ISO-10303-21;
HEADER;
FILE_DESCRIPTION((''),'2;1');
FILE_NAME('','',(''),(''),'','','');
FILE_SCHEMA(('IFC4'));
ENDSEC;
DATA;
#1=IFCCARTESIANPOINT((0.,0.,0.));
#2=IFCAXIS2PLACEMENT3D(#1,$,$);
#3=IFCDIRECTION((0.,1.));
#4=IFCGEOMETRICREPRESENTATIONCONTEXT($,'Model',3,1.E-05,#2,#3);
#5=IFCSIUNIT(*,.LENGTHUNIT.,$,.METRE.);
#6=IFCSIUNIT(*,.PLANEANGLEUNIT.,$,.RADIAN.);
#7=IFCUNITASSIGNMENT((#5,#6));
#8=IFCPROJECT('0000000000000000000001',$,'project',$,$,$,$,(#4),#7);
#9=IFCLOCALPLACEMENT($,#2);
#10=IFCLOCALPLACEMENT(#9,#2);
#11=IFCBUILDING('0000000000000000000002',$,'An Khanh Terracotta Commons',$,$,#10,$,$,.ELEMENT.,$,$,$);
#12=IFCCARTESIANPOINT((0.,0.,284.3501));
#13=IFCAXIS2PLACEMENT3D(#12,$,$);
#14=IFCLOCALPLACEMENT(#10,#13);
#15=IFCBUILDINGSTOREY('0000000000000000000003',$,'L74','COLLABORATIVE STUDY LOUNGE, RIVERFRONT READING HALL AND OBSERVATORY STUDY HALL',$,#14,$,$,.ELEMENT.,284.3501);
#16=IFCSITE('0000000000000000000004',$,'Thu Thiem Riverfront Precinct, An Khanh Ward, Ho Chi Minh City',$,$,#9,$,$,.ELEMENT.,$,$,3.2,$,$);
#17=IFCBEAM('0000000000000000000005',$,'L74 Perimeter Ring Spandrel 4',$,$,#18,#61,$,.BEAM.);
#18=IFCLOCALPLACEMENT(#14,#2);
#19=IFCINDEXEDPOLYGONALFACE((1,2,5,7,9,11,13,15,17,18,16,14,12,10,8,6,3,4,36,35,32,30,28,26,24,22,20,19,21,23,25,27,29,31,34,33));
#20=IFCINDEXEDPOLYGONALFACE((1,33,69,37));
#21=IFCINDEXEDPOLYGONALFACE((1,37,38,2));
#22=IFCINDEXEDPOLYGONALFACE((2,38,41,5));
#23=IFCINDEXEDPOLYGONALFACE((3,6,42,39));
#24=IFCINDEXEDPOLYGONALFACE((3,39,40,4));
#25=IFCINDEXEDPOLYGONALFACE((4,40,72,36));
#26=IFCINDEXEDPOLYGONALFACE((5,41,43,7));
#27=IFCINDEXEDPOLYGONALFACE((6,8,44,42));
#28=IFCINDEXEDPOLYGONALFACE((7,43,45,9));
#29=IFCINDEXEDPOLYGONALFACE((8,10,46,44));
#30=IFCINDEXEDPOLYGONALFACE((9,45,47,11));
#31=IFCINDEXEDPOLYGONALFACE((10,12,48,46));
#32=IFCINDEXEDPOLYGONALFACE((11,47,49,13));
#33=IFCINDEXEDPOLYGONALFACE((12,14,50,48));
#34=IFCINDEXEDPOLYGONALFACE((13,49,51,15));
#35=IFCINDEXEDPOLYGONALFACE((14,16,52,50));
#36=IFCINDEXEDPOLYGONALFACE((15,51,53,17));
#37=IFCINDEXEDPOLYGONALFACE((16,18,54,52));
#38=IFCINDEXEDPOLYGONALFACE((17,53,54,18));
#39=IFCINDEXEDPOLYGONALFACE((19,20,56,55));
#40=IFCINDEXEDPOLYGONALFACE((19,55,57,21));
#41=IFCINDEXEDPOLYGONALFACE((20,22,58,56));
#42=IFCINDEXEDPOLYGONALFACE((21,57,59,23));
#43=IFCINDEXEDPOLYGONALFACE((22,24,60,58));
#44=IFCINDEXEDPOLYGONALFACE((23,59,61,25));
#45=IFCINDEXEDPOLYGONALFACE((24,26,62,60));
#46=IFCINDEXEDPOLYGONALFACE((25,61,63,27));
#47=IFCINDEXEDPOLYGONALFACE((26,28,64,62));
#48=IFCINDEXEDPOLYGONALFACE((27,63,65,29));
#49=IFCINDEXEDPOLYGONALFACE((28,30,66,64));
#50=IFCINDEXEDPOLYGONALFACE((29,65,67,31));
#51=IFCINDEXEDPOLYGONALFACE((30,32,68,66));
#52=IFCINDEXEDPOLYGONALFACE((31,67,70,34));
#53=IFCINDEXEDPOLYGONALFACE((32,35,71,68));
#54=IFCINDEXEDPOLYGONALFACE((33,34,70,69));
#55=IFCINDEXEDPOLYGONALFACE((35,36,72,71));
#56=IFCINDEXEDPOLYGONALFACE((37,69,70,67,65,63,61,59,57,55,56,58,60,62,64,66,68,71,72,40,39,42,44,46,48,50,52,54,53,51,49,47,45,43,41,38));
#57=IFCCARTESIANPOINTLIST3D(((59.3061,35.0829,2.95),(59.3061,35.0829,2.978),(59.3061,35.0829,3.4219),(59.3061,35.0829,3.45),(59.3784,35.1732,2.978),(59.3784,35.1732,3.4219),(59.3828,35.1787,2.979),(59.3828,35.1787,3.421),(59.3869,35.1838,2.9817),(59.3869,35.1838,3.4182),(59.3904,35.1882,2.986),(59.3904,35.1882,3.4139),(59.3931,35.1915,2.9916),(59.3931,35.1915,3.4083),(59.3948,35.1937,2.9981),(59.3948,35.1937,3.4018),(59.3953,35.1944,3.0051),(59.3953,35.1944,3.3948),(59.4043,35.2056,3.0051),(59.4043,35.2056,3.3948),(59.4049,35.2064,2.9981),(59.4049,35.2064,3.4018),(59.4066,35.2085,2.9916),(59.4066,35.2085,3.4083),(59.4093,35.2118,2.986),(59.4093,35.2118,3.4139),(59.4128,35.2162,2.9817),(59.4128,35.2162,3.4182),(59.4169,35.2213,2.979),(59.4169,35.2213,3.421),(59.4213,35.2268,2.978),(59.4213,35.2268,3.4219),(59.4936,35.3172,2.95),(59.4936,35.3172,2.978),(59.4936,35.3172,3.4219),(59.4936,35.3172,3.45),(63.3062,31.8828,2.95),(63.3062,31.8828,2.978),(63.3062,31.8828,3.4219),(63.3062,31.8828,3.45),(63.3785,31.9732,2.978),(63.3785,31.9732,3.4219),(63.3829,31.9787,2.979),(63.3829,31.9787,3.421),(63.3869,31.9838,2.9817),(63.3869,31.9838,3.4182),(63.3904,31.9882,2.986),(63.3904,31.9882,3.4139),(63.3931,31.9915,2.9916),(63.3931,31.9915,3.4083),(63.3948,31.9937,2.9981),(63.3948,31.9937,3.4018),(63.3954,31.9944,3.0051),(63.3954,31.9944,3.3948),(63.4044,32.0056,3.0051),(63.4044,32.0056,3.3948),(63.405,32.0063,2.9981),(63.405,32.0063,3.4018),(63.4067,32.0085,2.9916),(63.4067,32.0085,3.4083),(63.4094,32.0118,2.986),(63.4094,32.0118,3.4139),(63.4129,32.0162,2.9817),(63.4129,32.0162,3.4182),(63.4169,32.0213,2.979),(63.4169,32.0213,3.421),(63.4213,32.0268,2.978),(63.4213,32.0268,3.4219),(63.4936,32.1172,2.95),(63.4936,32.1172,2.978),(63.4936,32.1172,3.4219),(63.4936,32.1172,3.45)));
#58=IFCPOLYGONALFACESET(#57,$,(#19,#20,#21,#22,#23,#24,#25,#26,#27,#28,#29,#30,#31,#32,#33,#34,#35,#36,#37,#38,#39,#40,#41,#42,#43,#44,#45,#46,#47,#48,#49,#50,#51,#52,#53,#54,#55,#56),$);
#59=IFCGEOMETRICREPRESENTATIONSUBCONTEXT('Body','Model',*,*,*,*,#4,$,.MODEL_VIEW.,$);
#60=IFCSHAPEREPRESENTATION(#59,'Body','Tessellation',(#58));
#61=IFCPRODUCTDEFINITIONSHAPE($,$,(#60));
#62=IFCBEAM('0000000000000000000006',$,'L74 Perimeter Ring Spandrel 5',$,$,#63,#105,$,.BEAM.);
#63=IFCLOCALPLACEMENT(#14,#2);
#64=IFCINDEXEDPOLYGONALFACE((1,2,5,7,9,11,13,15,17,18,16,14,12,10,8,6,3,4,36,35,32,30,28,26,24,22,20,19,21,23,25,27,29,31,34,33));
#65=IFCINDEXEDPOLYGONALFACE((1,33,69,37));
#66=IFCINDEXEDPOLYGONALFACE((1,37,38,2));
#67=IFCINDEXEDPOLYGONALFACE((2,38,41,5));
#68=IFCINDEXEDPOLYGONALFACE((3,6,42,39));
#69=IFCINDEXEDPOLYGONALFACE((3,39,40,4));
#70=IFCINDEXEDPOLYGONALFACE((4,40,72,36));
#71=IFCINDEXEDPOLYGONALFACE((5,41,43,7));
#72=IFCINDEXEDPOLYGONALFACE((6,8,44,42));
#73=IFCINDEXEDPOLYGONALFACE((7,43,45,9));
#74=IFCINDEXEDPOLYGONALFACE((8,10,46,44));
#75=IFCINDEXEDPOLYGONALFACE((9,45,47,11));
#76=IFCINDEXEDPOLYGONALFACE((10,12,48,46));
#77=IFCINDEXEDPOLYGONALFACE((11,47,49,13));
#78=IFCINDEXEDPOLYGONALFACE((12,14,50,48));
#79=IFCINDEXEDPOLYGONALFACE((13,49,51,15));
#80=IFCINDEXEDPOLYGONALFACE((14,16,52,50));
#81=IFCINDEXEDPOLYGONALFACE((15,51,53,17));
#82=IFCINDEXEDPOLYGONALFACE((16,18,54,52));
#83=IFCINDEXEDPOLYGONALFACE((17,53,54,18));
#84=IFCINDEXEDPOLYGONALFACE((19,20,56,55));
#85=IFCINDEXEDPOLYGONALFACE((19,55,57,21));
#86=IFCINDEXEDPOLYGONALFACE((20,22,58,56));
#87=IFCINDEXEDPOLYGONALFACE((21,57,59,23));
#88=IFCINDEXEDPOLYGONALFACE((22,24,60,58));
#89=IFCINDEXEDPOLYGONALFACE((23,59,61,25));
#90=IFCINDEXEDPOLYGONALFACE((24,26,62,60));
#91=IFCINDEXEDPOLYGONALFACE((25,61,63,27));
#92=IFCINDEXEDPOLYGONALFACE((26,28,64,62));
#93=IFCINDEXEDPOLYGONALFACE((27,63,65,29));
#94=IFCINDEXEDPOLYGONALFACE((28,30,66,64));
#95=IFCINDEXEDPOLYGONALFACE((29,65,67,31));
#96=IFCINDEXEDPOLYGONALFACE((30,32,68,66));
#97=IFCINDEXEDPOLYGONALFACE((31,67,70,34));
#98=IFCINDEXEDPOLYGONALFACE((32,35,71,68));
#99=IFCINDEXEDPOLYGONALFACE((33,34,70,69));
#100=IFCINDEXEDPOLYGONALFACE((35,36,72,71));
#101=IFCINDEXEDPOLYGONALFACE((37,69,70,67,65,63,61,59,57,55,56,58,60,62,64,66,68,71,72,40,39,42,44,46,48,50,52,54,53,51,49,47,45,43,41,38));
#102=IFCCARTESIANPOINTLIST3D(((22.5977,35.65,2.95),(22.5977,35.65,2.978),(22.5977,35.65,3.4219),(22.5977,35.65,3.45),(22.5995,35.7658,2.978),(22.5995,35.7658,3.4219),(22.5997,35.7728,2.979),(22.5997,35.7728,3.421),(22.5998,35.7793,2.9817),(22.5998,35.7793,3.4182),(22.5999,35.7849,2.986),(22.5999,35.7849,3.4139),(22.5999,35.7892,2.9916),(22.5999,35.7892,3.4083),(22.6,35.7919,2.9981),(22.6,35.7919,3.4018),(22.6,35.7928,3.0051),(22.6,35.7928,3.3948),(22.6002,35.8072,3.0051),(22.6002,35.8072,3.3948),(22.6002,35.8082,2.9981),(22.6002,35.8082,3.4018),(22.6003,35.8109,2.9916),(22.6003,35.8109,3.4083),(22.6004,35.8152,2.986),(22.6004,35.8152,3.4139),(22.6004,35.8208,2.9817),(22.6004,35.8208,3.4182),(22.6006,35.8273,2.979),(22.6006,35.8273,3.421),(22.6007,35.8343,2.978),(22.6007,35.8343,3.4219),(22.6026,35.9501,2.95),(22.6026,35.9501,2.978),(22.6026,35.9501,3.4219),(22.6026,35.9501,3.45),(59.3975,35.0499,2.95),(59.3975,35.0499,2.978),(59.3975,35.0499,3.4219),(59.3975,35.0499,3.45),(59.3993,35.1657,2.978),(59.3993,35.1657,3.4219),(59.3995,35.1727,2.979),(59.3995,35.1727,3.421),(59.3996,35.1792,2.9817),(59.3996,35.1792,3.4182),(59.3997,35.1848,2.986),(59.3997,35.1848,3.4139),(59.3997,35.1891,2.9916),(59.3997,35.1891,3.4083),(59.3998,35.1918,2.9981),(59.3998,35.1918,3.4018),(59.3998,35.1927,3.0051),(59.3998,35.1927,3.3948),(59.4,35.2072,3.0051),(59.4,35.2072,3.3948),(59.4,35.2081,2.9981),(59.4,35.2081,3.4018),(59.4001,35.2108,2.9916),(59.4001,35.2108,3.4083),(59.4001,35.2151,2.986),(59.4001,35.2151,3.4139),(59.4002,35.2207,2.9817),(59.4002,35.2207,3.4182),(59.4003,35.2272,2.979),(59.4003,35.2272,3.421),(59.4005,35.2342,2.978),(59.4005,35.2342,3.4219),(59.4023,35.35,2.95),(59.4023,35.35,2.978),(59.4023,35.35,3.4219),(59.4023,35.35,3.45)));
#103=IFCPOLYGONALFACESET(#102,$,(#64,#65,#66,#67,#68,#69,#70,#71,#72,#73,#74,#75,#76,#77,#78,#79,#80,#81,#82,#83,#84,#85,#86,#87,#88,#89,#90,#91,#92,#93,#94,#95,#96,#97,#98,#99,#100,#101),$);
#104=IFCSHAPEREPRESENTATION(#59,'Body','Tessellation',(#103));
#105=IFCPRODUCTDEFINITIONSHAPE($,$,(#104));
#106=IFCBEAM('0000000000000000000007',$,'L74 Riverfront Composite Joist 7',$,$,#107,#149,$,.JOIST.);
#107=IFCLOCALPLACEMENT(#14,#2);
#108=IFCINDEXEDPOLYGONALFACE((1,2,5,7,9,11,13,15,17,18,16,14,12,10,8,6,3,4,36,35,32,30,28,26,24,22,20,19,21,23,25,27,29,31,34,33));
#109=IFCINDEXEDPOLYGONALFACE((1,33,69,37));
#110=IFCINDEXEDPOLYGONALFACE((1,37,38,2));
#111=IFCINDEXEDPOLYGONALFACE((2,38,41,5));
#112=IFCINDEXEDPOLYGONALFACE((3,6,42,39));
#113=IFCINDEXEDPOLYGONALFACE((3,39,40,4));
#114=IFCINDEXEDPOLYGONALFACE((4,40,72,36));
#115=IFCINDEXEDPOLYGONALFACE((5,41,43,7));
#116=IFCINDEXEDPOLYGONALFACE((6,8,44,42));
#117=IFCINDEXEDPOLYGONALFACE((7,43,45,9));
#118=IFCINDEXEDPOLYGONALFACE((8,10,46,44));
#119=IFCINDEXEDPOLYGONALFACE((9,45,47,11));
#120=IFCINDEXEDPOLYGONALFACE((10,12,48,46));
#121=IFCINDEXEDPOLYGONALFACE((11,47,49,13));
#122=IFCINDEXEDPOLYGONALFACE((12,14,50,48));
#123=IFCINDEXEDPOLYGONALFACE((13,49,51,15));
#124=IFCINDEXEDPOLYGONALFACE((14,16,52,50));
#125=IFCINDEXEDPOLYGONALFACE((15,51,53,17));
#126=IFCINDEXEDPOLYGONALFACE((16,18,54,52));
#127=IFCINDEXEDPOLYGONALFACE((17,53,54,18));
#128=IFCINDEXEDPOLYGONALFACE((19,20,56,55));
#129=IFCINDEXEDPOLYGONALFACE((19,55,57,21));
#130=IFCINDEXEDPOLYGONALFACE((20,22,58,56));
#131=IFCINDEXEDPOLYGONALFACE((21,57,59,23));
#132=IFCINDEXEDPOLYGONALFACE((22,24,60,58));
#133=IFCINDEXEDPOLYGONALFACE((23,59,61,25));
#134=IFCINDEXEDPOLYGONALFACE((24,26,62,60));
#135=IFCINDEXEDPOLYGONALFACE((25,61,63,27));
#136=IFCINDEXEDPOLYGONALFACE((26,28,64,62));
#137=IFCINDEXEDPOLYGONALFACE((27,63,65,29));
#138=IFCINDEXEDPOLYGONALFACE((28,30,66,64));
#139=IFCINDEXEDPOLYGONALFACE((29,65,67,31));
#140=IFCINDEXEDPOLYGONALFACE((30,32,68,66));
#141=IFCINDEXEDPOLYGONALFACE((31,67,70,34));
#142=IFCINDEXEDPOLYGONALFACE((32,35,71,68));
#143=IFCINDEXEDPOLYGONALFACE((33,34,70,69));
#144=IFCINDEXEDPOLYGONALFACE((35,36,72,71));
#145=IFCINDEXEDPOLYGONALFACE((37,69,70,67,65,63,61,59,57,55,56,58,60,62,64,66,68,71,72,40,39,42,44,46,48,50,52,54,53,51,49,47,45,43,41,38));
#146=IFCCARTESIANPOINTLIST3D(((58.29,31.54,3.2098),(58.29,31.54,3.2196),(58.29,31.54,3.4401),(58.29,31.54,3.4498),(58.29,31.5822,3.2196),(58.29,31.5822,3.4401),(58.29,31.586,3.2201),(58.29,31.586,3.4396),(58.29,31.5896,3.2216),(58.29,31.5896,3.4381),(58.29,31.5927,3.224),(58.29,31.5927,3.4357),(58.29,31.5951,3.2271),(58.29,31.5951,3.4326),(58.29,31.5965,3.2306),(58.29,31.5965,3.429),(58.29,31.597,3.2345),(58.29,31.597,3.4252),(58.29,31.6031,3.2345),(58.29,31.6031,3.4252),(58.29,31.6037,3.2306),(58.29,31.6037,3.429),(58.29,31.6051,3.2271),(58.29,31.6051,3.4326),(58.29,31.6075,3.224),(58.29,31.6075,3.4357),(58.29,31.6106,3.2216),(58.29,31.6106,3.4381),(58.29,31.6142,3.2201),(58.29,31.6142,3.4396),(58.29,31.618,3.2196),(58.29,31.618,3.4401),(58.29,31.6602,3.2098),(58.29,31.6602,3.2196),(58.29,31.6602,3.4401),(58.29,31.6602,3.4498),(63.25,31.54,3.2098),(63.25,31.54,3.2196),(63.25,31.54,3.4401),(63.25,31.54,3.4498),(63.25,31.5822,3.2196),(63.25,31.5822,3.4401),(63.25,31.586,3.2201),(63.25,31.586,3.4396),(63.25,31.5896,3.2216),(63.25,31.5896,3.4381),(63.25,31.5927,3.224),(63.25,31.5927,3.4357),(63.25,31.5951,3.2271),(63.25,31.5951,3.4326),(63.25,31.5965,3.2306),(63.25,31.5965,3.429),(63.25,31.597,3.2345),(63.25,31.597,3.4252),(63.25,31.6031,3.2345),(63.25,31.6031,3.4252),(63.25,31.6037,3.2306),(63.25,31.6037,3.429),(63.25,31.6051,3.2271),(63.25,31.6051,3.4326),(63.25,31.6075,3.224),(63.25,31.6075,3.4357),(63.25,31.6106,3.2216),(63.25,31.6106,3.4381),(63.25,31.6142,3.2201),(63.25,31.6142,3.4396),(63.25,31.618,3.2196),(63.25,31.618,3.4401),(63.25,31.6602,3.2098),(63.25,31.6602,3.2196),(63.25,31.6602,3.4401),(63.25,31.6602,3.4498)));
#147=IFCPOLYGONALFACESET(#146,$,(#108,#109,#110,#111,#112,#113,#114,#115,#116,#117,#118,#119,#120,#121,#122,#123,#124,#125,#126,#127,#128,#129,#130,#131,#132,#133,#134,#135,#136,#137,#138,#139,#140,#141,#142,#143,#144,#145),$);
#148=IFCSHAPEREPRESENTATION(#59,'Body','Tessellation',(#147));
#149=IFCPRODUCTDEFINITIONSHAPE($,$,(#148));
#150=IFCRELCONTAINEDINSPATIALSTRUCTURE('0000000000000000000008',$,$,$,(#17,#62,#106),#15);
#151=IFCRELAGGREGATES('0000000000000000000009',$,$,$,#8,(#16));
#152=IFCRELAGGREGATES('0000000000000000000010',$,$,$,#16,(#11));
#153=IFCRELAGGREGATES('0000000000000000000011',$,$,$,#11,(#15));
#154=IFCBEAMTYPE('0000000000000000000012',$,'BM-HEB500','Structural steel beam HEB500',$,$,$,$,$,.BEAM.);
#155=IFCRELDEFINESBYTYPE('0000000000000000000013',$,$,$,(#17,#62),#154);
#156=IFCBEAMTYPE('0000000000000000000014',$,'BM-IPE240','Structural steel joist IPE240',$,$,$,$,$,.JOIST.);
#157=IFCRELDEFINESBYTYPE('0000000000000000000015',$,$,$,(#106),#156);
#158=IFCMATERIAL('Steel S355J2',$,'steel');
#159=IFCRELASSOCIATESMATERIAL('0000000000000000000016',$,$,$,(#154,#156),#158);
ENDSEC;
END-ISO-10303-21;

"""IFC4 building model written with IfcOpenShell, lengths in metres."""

from ifc_helpers import new_model, si_unit, direction, frame, origin, origin_2d, place, context, subcontext, project, spatial, i_section, extrude, material, material_profile, profile_set, type_object, element, save


model = new_model("IFC4")

# Units and contexts
model_context = context("Model", 3, precision=1e-05, world=origin(), true_north=direction((0.0, 1.0)))
body_context = subcontext(model_context, "Body", "Model", "MODEL_VIEW")
ifc_project = project(units=[si_unit("LENGTHUNIT", "METRE"), si_unit("PLANEANGLEUNIT", "RADIAN")], contexts=[model_context])

# Site, building, storey
site_placement = place(None, origin())
site = spatial("IfcSite", under=ifc_project, at=site_placement, Name="Thu Thiem Riverfront Precinct, An Khanh Ward, Ho Chi Minh City", CompositionType="ELEMENT", RefElevation=3.2)
building_placement = place(site_placement, origin())
building = spatial("IfcBuilding", under=site, at=building_placement, Name="An Khanh Terracotta Commons", CompositionType="ELEMENT")
storey_placement = place(building_placement, frame((0.0, 0.0, 284.3501)))
storey = spatial("IfcBuildingStorey", under=building, at=storey_placement, Name="L74", Description="COLLABORATIVE STUDY LOUNGE, RIVERFRONT READING HALL AND OBSERVATORY STUDY HALL", CompositionType="ELEMENT", Elevation=284.3501)

# Beams
ifc_material_1 = material(Name="Steel S355J2", Category="steel")
ifc_material_profile_1 = material_profile(ifc_material_1, i_section(OverallWidth=0.3, OverallDepth=0.5, WebThickness=0.0144, FlangeThickness=0.0281, FilletRadius=0.0271, at=origin_2d()), Name="HEB500")
ifc_profile_set_1 = profile_set([ifc_material_profile_1], Name="Steel S355J2")
beam_type_1 = type_object("IfcBeamType", Name="BM-HEB500", Description="Structural steel beam HEB500", PredefinedType="BEAM", material=ifc_profile_set_1)
beam_1_placement = place(storey_placement, frame((63.3999, 32.0, 3.2), z_axis=(-0.780873, 0.624689, 0.0), x_axis=(-0.624689, -0.780873, 0.0)))
element("IfcBeam", 1, at=beam_1_placement, inside=storey, type_object=beam_type_1, Name="L74 Perimeter Ring Spandrel 4", PredefinedType="BEAM", context=body_context, shape_type="SweptSolid", body=[
    extrude(i_section(OverallWidth=0.3, OverallDepth=0.5, WebThickness=0.0144, FlangeThickness=0.0281, FilletRadius=0.0271, at=origin_2d()), origin(), (0.0, 0.0, 1.0), 5.1226),
])
beam_2_placement = place(storey_placement, frame((59.3999, 35.2, 3.2), z_axis=(-0.999867, 0.016305, 0.0), x_axis=(-0.016305, -0.999867, 0.0)))
element("IfcBeam", 2, at=beam_2_placement, inside=storey, type_object=beam_type_1, Name="L74 Perimeter Ring Spandrel 5", PredefinedType="BEAM", context=body_context, shape_type="SweptSolid", body=[
    extrude(i_section(OverallWidth=0.3, OverallDepth=0.5, WebThickness=0.0144, FlangeThickness=0.0281, FilletRadius=0.0271, at=origin_2d()), origin(), (0.0, 0.0, 1.0), 36.8047),
])
ifc_material_profile_2 = material_profile(ifc_material_1, i_section(OverallWidth=0.1201, OverallDepth=0.24, WebThickness=0.0061, FlangeThickness=0.0098, FilletRadius=0.0149, at=origin_2d()), Name="IPE240")
ifc_profile_set_2 = profile_set([ifc_material_profile_2], Name="Steel S355J2")
beam_type_2 = type_object("IfcBeamType", Name="BM-IPE240", Description="Structural steel joist IPE240", PredefinedType="JOIST", material=ifc_profile_set_2)
beam_3_placement = place(storey_placement, frame((58.29, 31.6001, 3.3298), z_axis=(1.0, 0.0, 0.0), x_axis=(0.0, 1.0, 0.0)))
element("IfcBeam", 3, at=beam_3_placement, inside=storey, type_object=beam_type_2, Name="L74 Riverfront Composite Joist 7", PredefinedType="JOIST", context=body_context, shape_type="SweptSolid", body=[
    extrude(i_section(OverallWidth=0.1201, OverallDepth=0.24, WebThickness=0.0061, FlangeThickness=0.0098, FilletRadius=0.0149, at=origin_2d()), origin(), (0.0, 0.0, 1.0), 4.96),
])

save(model, "model.ifc")
